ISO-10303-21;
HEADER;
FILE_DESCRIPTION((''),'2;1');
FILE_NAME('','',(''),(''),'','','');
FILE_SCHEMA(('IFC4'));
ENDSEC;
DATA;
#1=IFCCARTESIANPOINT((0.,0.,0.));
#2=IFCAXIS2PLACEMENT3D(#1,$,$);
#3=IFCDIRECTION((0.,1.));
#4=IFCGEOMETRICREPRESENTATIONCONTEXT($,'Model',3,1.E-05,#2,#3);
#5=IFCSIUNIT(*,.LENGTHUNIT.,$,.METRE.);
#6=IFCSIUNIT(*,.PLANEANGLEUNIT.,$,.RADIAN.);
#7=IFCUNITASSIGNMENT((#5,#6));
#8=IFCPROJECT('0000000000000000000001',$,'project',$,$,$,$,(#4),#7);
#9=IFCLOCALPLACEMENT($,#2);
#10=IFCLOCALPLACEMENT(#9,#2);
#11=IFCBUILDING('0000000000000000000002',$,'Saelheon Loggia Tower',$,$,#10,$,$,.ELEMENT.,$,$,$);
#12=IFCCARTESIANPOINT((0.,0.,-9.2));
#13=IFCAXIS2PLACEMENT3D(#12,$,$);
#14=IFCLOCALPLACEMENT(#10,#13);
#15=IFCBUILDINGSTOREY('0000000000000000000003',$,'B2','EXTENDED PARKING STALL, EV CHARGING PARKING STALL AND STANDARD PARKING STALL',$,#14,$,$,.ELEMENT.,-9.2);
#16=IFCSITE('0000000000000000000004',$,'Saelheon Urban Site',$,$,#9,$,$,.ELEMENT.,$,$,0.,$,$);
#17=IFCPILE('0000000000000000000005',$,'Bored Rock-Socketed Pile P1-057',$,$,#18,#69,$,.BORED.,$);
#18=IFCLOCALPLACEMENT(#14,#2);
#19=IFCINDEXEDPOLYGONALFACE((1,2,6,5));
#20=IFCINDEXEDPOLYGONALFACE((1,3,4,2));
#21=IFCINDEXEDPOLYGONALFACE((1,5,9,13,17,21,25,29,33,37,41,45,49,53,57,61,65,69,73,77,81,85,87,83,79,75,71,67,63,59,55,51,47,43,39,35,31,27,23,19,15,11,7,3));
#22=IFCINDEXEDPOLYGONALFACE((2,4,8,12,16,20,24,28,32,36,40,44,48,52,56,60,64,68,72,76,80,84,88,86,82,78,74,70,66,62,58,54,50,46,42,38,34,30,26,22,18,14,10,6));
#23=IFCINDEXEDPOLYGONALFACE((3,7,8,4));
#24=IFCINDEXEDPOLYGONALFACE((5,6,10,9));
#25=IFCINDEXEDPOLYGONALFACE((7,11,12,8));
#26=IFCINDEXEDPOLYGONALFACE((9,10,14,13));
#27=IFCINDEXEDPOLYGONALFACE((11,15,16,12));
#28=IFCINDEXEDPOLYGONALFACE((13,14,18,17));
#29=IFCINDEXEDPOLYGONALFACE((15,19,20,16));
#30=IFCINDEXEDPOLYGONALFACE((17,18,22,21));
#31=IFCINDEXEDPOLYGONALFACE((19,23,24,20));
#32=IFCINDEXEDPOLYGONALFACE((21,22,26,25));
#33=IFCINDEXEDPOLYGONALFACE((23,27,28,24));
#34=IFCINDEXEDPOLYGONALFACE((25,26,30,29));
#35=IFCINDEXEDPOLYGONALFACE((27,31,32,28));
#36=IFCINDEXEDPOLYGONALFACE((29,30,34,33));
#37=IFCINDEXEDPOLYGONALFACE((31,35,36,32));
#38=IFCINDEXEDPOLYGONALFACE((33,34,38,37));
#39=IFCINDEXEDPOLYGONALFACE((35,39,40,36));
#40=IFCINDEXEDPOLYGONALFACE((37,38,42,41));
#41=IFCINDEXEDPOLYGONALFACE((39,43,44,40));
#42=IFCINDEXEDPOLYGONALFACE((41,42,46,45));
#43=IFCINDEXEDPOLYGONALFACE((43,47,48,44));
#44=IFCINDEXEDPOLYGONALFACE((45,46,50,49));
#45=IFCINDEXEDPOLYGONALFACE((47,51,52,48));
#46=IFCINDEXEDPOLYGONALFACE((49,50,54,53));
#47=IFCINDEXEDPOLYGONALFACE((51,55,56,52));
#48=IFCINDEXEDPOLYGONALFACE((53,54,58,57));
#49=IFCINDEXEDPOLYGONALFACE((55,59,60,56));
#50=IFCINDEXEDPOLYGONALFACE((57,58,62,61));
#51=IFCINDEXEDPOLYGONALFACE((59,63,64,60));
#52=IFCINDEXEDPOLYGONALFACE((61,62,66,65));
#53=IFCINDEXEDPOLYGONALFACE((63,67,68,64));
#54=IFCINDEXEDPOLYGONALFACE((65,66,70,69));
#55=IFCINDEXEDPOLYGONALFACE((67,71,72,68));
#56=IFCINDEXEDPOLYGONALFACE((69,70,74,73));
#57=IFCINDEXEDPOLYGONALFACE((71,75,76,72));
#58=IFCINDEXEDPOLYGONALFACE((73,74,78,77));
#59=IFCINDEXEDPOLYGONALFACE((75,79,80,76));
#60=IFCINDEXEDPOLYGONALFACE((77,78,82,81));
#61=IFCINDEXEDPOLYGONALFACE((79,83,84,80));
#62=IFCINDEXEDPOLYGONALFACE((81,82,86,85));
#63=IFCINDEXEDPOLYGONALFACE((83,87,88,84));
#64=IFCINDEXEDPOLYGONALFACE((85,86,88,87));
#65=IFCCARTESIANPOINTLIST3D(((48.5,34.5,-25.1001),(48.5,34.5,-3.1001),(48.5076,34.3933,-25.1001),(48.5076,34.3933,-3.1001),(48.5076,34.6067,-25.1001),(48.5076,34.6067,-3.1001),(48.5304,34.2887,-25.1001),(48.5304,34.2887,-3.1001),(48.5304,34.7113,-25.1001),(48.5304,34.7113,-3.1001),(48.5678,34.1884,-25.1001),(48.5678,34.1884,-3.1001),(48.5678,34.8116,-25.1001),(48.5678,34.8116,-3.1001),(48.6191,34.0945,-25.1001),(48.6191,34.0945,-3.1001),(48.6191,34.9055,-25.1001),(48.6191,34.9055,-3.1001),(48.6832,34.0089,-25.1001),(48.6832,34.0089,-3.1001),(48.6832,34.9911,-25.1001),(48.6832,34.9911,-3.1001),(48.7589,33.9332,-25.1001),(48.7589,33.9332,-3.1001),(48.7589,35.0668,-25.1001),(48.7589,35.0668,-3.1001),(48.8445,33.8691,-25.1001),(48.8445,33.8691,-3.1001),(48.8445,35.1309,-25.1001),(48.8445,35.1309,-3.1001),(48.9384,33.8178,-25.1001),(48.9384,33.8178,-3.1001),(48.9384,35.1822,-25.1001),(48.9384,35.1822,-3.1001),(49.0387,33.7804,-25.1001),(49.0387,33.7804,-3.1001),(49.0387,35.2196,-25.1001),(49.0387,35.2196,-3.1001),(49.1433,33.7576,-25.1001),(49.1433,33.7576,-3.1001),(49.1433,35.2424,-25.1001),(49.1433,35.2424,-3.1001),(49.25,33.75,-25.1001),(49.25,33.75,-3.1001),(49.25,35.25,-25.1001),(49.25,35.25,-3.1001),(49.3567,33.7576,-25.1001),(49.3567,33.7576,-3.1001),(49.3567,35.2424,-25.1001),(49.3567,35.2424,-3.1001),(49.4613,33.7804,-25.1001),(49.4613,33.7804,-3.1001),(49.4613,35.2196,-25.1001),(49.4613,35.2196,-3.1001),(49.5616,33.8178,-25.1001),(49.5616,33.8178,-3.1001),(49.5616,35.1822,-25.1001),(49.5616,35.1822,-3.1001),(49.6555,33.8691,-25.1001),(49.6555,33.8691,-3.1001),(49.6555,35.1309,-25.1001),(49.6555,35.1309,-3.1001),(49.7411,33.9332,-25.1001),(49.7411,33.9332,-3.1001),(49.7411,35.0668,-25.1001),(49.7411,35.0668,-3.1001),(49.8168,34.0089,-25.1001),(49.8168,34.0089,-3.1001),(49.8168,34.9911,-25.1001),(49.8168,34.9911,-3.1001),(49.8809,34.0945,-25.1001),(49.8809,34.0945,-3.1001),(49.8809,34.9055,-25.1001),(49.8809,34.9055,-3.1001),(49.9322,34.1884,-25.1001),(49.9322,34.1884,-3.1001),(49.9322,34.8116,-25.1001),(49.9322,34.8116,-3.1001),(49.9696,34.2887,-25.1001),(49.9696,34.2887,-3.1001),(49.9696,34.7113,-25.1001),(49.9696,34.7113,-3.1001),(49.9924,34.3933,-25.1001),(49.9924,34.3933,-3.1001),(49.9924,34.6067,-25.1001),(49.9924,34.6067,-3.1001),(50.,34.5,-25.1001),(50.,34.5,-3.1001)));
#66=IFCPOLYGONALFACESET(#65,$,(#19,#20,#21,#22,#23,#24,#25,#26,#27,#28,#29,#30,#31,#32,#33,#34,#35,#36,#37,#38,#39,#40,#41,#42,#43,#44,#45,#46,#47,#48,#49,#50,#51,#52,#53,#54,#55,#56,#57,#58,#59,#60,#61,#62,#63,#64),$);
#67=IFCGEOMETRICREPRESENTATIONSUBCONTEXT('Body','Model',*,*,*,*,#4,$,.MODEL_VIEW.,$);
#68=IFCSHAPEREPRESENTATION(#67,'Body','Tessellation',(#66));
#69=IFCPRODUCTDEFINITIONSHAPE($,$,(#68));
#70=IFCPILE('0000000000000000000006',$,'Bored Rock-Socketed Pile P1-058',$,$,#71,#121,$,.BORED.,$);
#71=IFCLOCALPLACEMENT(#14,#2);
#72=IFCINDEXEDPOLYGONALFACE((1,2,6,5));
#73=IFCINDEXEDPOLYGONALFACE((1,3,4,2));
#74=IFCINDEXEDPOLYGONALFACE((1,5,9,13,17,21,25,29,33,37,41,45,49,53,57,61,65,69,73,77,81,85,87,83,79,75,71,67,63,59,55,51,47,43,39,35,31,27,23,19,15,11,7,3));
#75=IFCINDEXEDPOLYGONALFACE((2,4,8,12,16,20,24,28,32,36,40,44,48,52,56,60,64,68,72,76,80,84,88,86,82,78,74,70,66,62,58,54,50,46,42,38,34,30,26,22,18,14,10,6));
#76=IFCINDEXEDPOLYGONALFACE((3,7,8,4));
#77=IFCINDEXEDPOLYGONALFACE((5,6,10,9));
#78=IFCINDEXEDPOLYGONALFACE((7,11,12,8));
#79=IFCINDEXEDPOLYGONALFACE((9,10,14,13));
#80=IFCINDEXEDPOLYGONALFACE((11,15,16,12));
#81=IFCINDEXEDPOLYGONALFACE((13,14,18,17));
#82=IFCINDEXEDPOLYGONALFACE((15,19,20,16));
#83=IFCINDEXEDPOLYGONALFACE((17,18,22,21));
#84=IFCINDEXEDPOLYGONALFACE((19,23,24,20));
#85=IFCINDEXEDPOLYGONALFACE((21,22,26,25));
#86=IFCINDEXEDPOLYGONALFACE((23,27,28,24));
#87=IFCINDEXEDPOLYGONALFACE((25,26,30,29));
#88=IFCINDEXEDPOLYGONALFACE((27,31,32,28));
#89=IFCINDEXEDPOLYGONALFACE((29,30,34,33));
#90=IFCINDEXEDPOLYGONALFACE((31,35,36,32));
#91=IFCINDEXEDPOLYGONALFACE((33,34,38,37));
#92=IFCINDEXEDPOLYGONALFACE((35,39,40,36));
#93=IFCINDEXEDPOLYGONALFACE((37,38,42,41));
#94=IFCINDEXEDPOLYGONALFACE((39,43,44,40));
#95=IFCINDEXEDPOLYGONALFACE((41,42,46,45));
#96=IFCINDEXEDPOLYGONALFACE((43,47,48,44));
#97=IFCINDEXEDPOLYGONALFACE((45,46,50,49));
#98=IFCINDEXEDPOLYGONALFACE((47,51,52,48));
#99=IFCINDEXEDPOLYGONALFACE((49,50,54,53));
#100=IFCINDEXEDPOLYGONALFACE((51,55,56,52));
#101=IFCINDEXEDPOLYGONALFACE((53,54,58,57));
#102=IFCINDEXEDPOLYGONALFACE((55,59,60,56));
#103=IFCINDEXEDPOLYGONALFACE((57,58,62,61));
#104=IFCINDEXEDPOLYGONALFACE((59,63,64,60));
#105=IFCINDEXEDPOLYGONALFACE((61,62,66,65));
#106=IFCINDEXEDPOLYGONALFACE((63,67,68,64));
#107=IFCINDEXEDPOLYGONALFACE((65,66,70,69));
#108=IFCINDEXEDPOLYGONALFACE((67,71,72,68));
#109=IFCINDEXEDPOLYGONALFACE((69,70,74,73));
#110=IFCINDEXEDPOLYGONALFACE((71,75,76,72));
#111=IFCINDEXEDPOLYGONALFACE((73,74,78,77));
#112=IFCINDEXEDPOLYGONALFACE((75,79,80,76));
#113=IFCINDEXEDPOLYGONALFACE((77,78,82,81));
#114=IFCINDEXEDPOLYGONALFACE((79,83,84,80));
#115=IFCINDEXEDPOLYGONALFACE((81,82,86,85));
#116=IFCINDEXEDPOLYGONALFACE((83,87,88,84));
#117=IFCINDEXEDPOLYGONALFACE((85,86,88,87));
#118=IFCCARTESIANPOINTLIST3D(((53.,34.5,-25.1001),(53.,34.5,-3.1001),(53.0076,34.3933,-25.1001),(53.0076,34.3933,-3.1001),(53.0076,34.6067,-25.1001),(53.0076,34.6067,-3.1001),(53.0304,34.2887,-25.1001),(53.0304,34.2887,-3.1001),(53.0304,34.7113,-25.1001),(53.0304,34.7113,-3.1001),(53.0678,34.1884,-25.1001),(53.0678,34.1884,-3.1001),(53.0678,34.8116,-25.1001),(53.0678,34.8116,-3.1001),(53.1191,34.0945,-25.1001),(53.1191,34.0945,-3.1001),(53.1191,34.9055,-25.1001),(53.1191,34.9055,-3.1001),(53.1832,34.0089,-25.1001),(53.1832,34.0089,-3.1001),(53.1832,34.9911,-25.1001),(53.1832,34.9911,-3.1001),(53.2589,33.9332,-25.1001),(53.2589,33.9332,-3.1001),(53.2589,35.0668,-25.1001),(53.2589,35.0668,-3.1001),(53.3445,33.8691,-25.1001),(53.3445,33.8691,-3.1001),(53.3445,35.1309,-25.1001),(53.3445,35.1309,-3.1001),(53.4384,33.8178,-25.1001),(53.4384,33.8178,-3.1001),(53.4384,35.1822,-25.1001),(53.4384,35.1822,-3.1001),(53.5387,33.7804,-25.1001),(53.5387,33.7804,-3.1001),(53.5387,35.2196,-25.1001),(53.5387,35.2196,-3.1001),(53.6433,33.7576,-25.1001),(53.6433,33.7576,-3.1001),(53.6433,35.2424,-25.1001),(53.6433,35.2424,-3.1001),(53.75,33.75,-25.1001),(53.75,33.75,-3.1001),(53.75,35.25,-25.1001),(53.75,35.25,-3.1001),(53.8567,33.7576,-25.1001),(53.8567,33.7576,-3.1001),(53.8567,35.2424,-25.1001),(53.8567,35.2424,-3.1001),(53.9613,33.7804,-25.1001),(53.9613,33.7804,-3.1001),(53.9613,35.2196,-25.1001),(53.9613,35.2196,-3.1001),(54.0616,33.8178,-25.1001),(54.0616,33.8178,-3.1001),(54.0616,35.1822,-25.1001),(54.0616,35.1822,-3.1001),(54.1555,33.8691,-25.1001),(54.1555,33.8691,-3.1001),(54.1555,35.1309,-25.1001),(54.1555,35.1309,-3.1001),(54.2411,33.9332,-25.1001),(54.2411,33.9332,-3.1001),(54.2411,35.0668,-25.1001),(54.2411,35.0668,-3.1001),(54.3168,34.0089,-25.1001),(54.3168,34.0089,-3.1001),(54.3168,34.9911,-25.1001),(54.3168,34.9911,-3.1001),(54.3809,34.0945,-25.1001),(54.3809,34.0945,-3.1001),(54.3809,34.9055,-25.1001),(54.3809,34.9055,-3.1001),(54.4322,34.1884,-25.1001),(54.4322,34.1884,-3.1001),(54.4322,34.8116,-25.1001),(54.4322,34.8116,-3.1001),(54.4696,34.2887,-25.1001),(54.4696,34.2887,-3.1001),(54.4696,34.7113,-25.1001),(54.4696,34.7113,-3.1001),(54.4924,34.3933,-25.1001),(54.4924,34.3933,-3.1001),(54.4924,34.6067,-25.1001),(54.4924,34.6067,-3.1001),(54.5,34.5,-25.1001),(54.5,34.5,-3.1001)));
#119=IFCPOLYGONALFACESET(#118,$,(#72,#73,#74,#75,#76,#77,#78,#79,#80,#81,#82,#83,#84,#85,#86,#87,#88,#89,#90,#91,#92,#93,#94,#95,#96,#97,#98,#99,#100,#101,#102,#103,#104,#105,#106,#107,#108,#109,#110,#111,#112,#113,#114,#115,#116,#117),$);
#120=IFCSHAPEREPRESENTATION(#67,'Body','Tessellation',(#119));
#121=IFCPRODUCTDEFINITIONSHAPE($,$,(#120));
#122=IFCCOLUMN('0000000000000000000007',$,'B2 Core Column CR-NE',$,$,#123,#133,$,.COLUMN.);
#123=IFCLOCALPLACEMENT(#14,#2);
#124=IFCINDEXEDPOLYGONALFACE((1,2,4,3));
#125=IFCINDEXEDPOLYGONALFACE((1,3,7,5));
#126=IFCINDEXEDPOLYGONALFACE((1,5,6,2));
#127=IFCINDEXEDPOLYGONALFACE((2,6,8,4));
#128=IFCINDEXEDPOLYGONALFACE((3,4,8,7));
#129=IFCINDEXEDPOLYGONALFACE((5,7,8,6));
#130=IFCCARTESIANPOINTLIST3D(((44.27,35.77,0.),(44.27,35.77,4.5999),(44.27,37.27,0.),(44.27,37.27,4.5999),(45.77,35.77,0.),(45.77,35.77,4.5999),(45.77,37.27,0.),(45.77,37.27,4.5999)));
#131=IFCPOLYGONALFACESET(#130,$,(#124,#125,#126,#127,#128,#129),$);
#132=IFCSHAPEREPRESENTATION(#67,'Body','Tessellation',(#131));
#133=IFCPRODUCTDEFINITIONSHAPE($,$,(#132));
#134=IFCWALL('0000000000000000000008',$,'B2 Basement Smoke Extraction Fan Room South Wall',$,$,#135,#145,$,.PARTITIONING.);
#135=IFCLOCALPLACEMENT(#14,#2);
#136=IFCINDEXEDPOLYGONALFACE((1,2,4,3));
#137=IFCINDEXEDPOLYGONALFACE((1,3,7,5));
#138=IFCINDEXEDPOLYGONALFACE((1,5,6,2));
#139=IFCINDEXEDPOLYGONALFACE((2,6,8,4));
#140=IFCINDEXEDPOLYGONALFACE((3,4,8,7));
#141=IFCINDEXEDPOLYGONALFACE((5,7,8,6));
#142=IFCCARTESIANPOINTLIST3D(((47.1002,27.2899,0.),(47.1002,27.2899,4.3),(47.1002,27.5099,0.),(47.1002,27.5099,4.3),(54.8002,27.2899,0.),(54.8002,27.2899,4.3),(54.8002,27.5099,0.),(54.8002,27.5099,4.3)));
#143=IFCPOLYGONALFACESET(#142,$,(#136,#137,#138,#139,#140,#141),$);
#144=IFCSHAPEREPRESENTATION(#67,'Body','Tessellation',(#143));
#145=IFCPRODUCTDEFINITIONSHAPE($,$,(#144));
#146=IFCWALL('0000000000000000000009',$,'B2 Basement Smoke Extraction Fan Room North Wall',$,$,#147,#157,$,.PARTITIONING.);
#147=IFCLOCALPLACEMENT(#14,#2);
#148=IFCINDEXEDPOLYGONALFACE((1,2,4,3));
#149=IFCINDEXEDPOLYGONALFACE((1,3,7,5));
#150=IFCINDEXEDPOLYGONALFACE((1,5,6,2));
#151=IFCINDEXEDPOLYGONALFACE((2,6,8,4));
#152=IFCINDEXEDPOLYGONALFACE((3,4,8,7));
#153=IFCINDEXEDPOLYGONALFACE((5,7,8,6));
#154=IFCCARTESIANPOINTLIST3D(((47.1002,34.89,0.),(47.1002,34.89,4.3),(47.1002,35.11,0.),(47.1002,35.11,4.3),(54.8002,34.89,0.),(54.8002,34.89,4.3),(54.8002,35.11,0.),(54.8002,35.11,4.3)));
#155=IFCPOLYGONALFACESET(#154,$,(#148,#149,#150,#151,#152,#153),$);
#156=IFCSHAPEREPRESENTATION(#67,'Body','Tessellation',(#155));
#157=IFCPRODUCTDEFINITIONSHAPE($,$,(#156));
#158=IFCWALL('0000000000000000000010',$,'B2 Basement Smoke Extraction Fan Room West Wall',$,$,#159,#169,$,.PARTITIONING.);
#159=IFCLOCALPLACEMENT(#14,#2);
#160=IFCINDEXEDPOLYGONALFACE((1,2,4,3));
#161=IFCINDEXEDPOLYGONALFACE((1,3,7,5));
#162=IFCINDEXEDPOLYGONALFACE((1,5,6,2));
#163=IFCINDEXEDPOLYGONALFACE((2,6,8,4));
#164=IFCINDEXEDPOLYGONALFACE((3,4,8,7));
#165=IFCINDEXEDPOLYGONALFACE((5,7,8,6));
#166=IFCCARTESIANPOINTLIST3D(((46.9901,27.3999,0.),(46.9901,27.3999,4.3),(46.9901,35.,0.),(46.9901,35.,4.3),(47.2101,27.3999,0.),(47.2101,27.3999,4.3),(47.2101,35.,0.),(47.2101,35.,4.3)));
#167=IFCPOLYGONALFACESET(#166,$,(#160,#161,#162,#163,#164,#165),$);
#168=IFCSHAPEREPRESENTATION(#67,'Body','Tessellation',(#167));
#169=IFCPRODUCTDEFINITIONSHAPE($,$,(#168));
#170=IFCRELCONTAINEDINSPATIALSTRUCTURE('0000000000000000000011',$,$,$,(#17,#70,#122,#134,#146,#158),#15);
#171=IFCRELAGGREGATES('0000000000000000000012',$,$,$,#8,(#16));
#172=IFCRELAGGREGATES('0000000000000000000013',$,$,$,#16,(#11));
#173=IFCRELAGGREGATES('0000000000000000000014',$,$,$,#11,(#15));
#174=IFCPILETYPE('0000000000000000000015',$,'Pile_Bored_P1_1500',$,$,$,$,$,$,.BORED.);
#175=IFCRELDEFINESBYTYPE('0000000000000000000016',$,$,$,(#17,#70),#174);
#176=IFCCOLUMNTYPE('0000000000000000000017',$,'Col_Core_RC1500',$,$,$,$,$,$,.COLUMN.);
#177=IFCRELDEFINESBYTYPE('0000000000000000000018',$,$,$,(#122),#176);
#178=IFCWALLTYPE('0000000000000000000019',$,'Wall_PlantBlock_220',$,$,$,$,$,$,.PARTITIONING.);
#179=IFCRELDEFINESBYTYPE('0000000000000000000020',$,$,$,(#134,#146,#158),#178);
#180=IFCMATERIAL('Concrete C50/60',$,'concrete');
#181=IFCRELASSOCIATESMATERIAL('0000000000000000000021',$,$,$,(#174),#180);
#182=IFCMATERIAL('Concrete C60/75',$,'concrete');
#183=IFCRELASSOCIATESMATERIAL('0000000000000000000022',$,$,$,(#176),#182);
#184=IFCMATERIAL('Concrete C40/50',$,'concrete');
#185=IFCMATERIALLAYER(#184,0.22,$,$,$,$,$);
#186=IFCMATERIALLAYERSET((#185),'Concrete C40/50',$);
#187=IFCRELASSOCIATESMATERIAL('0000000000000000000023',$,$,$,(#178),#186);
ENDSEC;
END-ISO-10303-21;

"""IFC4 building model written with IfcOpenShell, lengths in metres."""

from ifc_helpers import new_model, si_unit, direction, frame, frame_2d, origin, origin_2d, place, context, subcontext, project, spatial, rectangle, circle, extrude, source, transform, mapped, material, layer, layer_set, material_profile, profile_set, type_object, element, save


model = new_model("IFC4")

# Units and contexts
model_context = context("Model", 3, precision=1e-05, world=origin(), true_north=direction((0.0, 1.0)))
body_context = subcontext(model_context, "Body", "Model", "MODEL_VIEW")
ifc_project = project(units=[si_unit("LENGTHUNIT", "METRE"), si_unit("PLANEANGLEUNIT", "RADIAN")], contexts=[model_context])

# Site, building, storey
site_placement = place(None, origin())
site = spatial("IfcSite", under=ifc_project, at=site_placement, Name="Saelheon Urban Site", CompositionType="ELEMENT", RefElevation=0.0)
building_placement = place(site_placement, origin())
building = spatial("IfcBuilding", under=site, at=building_placement, Name="Saelheon Loggia Tower", CompositionType="ELEMENT")
storey_placement = place(building_placement, frame((0.0, 0.0, -9.2)))
storey = spatial("IfcBuildingStorey", under=building, at=storey_placement, Name="B2", Description="EXTENDED PARKING STALL, EV CHARGING PARKING STALL AND STANDARD PARKING STALL", CompositionType="ELEMENT", Elevation=-9.2)

# Piles
ifc_material_1 = material(Name="Concrete C50/60", Category="concrete")
ifc_material_profile_1 = material_profile(ifc_material_1, circle(Radius=0.75, at=origin_2d()), Name="CIRC-1500")
ifc_profile_set_1 = profile_set([ifc_material_profile_1], Name="Concrete C50/60")
pile_type = type_object("IfcPileType", Name="Pile_Bored_P1_1500", PredefinedType="BORED", material=ifc_profile_set_1)
shared_shape_1 = source(origin(), body_context, "Body", "SweptSolid", [
    extrude(circle(Radius=0.75, at=origin_2d()), origin(), (0.0, 0.0, 1.0), 22.0),
])
for number, where, z_axis, x_axis, name in (
    (1, (49.25, 34.5, -3.1001), (0.0, 0.0, -1.0), (1.0, 0.0, 0.0), "Bored Rock-Socketed Pile P1-057"),
    (2, (53.75, 34.5, -3.1001), (0.0, 0.0, -1.0), (1.0, 0.0, 0.0), "Bored Rock-Socketed Pile P1-058"),
):
    element("IfcPile", number, at=place(storey_placement, frame(where, z_axis=z_axis, x_axis=x_axis)), inside=storey, type_object=pile_type, Name=name, PredefinedType="BORED", context=body_context, shape_type="MappedRepresentation", body=[
        mapped(shared_shape_1, transform((0.0, 0.0, 0.0), scale=1.0)),
    ])

# Column
ifc_material_2 = material(Name="Concrete C60/75", Category="concrete")
ifc_material_profile_2 = material_profile(ifc_material_2, rectangle(XDim=1.5, YDim=1.5, at=origin_2d()), Name="RC-1500x1500")
ifc_profile_set_2 = profile_set([ifc_material_profile_2], Name="Concrete C60/75")
column_type = type_object("IfcColumnType", Name="Col_Core_RC1500", PredefinedType="COLUMN", material=ifc_profile_set_2)
shared_shape_2 = source(origin(), body_context, "Body", "SweptSolid", [
    extrude(rectangle(XDim=1.5, YDim=1.5, at=origin_2d()), origin(), (0.0, 0.0, 1.0), 4.5999),
])
column_placement = place(storey_placement, frame((45.02, 36.52, 0.0), z_axis=(0.0, 0.0, 1.0), x_axis=(1.0, 0.0, 0.0)))
element("IfcColumn", 3, at=column_placement, inside=storey, type_object=column_type, Name="B2 Core Column CR-NE", PredefinedType="COLUMN", context=body_context, shape_type="MappedRepresentation", body=[
    mapped(shared_shape_2, transform((0.0, 0.0, 0.0), scale=1.0)),
])

# Walls
ifc_material_3 = material(Name="Concrete C40/50", Category="concrete")
ifc_layer_1 = layer(ifc_material_3, 0.22)
ifc_layer_set_1 = layer_set([ifc_layer_1], Name="Concrete C40/50")
wall_type_1 = type_object("IfcWallType", Name="Wall_PlantBlock_220", PredefinedType="PARTITIONING", material=ifc_layer_set_1)
for number, where, z_axis, x_axis, name in (
    (4, (47.1001, 27.3999, 0.0), (0.0, 0.0, 1.0), (1.0, 0.0, 0.0), "B2 Basement Smoke Extraction Fan Room South Wall"),
    (5, (47.1001, 35.0, 0.0), (0.0, 0.0, 1.0), (1.0, 0.0, 0.0), "B2 Basement Smoke Extraction Fan Room North Wall"),
):
    element("IfcWall", number, at=place(storey_placement, frame(where, z_axis=z_axis, x_axis=x_axis)), inside=storey, type_object=wall_type_1, Name=name, PredefinedType="PARTITIONING", context=body_context, shape_type="SweptSolid", body=[
        extrude(rectangle(XDim=7.7, YDim=0.22, at=frame_2d((3.8501, 0.0))), origin(), (0.0, 0.0, 1.0), 4.3),
    ])
wall_1_placement = place(storey_placement, frame((47.1001, 27.3999, 0.0), z_axis=(0.0, 0.0, 1.0), x_axis=(0.0, 1.0, 0.0)))
element("IfcWall", 6, at=wall_1_placement, inside=storey, type_object=wall_type_1, Name="B2 Basement Smoke Extraction Fan Room West Wall", PredefinedType="PARTITIONING", context=body_context, shape_type="SweptSolid", body=[
    extrude(rectangle(XDim=7.6001, YDim=0.22, at=frame_2d((3.8, 0.0))), origin(), (0.0, 0.0, 1.0), 4.3),
])

save(model, "model.ifc")
